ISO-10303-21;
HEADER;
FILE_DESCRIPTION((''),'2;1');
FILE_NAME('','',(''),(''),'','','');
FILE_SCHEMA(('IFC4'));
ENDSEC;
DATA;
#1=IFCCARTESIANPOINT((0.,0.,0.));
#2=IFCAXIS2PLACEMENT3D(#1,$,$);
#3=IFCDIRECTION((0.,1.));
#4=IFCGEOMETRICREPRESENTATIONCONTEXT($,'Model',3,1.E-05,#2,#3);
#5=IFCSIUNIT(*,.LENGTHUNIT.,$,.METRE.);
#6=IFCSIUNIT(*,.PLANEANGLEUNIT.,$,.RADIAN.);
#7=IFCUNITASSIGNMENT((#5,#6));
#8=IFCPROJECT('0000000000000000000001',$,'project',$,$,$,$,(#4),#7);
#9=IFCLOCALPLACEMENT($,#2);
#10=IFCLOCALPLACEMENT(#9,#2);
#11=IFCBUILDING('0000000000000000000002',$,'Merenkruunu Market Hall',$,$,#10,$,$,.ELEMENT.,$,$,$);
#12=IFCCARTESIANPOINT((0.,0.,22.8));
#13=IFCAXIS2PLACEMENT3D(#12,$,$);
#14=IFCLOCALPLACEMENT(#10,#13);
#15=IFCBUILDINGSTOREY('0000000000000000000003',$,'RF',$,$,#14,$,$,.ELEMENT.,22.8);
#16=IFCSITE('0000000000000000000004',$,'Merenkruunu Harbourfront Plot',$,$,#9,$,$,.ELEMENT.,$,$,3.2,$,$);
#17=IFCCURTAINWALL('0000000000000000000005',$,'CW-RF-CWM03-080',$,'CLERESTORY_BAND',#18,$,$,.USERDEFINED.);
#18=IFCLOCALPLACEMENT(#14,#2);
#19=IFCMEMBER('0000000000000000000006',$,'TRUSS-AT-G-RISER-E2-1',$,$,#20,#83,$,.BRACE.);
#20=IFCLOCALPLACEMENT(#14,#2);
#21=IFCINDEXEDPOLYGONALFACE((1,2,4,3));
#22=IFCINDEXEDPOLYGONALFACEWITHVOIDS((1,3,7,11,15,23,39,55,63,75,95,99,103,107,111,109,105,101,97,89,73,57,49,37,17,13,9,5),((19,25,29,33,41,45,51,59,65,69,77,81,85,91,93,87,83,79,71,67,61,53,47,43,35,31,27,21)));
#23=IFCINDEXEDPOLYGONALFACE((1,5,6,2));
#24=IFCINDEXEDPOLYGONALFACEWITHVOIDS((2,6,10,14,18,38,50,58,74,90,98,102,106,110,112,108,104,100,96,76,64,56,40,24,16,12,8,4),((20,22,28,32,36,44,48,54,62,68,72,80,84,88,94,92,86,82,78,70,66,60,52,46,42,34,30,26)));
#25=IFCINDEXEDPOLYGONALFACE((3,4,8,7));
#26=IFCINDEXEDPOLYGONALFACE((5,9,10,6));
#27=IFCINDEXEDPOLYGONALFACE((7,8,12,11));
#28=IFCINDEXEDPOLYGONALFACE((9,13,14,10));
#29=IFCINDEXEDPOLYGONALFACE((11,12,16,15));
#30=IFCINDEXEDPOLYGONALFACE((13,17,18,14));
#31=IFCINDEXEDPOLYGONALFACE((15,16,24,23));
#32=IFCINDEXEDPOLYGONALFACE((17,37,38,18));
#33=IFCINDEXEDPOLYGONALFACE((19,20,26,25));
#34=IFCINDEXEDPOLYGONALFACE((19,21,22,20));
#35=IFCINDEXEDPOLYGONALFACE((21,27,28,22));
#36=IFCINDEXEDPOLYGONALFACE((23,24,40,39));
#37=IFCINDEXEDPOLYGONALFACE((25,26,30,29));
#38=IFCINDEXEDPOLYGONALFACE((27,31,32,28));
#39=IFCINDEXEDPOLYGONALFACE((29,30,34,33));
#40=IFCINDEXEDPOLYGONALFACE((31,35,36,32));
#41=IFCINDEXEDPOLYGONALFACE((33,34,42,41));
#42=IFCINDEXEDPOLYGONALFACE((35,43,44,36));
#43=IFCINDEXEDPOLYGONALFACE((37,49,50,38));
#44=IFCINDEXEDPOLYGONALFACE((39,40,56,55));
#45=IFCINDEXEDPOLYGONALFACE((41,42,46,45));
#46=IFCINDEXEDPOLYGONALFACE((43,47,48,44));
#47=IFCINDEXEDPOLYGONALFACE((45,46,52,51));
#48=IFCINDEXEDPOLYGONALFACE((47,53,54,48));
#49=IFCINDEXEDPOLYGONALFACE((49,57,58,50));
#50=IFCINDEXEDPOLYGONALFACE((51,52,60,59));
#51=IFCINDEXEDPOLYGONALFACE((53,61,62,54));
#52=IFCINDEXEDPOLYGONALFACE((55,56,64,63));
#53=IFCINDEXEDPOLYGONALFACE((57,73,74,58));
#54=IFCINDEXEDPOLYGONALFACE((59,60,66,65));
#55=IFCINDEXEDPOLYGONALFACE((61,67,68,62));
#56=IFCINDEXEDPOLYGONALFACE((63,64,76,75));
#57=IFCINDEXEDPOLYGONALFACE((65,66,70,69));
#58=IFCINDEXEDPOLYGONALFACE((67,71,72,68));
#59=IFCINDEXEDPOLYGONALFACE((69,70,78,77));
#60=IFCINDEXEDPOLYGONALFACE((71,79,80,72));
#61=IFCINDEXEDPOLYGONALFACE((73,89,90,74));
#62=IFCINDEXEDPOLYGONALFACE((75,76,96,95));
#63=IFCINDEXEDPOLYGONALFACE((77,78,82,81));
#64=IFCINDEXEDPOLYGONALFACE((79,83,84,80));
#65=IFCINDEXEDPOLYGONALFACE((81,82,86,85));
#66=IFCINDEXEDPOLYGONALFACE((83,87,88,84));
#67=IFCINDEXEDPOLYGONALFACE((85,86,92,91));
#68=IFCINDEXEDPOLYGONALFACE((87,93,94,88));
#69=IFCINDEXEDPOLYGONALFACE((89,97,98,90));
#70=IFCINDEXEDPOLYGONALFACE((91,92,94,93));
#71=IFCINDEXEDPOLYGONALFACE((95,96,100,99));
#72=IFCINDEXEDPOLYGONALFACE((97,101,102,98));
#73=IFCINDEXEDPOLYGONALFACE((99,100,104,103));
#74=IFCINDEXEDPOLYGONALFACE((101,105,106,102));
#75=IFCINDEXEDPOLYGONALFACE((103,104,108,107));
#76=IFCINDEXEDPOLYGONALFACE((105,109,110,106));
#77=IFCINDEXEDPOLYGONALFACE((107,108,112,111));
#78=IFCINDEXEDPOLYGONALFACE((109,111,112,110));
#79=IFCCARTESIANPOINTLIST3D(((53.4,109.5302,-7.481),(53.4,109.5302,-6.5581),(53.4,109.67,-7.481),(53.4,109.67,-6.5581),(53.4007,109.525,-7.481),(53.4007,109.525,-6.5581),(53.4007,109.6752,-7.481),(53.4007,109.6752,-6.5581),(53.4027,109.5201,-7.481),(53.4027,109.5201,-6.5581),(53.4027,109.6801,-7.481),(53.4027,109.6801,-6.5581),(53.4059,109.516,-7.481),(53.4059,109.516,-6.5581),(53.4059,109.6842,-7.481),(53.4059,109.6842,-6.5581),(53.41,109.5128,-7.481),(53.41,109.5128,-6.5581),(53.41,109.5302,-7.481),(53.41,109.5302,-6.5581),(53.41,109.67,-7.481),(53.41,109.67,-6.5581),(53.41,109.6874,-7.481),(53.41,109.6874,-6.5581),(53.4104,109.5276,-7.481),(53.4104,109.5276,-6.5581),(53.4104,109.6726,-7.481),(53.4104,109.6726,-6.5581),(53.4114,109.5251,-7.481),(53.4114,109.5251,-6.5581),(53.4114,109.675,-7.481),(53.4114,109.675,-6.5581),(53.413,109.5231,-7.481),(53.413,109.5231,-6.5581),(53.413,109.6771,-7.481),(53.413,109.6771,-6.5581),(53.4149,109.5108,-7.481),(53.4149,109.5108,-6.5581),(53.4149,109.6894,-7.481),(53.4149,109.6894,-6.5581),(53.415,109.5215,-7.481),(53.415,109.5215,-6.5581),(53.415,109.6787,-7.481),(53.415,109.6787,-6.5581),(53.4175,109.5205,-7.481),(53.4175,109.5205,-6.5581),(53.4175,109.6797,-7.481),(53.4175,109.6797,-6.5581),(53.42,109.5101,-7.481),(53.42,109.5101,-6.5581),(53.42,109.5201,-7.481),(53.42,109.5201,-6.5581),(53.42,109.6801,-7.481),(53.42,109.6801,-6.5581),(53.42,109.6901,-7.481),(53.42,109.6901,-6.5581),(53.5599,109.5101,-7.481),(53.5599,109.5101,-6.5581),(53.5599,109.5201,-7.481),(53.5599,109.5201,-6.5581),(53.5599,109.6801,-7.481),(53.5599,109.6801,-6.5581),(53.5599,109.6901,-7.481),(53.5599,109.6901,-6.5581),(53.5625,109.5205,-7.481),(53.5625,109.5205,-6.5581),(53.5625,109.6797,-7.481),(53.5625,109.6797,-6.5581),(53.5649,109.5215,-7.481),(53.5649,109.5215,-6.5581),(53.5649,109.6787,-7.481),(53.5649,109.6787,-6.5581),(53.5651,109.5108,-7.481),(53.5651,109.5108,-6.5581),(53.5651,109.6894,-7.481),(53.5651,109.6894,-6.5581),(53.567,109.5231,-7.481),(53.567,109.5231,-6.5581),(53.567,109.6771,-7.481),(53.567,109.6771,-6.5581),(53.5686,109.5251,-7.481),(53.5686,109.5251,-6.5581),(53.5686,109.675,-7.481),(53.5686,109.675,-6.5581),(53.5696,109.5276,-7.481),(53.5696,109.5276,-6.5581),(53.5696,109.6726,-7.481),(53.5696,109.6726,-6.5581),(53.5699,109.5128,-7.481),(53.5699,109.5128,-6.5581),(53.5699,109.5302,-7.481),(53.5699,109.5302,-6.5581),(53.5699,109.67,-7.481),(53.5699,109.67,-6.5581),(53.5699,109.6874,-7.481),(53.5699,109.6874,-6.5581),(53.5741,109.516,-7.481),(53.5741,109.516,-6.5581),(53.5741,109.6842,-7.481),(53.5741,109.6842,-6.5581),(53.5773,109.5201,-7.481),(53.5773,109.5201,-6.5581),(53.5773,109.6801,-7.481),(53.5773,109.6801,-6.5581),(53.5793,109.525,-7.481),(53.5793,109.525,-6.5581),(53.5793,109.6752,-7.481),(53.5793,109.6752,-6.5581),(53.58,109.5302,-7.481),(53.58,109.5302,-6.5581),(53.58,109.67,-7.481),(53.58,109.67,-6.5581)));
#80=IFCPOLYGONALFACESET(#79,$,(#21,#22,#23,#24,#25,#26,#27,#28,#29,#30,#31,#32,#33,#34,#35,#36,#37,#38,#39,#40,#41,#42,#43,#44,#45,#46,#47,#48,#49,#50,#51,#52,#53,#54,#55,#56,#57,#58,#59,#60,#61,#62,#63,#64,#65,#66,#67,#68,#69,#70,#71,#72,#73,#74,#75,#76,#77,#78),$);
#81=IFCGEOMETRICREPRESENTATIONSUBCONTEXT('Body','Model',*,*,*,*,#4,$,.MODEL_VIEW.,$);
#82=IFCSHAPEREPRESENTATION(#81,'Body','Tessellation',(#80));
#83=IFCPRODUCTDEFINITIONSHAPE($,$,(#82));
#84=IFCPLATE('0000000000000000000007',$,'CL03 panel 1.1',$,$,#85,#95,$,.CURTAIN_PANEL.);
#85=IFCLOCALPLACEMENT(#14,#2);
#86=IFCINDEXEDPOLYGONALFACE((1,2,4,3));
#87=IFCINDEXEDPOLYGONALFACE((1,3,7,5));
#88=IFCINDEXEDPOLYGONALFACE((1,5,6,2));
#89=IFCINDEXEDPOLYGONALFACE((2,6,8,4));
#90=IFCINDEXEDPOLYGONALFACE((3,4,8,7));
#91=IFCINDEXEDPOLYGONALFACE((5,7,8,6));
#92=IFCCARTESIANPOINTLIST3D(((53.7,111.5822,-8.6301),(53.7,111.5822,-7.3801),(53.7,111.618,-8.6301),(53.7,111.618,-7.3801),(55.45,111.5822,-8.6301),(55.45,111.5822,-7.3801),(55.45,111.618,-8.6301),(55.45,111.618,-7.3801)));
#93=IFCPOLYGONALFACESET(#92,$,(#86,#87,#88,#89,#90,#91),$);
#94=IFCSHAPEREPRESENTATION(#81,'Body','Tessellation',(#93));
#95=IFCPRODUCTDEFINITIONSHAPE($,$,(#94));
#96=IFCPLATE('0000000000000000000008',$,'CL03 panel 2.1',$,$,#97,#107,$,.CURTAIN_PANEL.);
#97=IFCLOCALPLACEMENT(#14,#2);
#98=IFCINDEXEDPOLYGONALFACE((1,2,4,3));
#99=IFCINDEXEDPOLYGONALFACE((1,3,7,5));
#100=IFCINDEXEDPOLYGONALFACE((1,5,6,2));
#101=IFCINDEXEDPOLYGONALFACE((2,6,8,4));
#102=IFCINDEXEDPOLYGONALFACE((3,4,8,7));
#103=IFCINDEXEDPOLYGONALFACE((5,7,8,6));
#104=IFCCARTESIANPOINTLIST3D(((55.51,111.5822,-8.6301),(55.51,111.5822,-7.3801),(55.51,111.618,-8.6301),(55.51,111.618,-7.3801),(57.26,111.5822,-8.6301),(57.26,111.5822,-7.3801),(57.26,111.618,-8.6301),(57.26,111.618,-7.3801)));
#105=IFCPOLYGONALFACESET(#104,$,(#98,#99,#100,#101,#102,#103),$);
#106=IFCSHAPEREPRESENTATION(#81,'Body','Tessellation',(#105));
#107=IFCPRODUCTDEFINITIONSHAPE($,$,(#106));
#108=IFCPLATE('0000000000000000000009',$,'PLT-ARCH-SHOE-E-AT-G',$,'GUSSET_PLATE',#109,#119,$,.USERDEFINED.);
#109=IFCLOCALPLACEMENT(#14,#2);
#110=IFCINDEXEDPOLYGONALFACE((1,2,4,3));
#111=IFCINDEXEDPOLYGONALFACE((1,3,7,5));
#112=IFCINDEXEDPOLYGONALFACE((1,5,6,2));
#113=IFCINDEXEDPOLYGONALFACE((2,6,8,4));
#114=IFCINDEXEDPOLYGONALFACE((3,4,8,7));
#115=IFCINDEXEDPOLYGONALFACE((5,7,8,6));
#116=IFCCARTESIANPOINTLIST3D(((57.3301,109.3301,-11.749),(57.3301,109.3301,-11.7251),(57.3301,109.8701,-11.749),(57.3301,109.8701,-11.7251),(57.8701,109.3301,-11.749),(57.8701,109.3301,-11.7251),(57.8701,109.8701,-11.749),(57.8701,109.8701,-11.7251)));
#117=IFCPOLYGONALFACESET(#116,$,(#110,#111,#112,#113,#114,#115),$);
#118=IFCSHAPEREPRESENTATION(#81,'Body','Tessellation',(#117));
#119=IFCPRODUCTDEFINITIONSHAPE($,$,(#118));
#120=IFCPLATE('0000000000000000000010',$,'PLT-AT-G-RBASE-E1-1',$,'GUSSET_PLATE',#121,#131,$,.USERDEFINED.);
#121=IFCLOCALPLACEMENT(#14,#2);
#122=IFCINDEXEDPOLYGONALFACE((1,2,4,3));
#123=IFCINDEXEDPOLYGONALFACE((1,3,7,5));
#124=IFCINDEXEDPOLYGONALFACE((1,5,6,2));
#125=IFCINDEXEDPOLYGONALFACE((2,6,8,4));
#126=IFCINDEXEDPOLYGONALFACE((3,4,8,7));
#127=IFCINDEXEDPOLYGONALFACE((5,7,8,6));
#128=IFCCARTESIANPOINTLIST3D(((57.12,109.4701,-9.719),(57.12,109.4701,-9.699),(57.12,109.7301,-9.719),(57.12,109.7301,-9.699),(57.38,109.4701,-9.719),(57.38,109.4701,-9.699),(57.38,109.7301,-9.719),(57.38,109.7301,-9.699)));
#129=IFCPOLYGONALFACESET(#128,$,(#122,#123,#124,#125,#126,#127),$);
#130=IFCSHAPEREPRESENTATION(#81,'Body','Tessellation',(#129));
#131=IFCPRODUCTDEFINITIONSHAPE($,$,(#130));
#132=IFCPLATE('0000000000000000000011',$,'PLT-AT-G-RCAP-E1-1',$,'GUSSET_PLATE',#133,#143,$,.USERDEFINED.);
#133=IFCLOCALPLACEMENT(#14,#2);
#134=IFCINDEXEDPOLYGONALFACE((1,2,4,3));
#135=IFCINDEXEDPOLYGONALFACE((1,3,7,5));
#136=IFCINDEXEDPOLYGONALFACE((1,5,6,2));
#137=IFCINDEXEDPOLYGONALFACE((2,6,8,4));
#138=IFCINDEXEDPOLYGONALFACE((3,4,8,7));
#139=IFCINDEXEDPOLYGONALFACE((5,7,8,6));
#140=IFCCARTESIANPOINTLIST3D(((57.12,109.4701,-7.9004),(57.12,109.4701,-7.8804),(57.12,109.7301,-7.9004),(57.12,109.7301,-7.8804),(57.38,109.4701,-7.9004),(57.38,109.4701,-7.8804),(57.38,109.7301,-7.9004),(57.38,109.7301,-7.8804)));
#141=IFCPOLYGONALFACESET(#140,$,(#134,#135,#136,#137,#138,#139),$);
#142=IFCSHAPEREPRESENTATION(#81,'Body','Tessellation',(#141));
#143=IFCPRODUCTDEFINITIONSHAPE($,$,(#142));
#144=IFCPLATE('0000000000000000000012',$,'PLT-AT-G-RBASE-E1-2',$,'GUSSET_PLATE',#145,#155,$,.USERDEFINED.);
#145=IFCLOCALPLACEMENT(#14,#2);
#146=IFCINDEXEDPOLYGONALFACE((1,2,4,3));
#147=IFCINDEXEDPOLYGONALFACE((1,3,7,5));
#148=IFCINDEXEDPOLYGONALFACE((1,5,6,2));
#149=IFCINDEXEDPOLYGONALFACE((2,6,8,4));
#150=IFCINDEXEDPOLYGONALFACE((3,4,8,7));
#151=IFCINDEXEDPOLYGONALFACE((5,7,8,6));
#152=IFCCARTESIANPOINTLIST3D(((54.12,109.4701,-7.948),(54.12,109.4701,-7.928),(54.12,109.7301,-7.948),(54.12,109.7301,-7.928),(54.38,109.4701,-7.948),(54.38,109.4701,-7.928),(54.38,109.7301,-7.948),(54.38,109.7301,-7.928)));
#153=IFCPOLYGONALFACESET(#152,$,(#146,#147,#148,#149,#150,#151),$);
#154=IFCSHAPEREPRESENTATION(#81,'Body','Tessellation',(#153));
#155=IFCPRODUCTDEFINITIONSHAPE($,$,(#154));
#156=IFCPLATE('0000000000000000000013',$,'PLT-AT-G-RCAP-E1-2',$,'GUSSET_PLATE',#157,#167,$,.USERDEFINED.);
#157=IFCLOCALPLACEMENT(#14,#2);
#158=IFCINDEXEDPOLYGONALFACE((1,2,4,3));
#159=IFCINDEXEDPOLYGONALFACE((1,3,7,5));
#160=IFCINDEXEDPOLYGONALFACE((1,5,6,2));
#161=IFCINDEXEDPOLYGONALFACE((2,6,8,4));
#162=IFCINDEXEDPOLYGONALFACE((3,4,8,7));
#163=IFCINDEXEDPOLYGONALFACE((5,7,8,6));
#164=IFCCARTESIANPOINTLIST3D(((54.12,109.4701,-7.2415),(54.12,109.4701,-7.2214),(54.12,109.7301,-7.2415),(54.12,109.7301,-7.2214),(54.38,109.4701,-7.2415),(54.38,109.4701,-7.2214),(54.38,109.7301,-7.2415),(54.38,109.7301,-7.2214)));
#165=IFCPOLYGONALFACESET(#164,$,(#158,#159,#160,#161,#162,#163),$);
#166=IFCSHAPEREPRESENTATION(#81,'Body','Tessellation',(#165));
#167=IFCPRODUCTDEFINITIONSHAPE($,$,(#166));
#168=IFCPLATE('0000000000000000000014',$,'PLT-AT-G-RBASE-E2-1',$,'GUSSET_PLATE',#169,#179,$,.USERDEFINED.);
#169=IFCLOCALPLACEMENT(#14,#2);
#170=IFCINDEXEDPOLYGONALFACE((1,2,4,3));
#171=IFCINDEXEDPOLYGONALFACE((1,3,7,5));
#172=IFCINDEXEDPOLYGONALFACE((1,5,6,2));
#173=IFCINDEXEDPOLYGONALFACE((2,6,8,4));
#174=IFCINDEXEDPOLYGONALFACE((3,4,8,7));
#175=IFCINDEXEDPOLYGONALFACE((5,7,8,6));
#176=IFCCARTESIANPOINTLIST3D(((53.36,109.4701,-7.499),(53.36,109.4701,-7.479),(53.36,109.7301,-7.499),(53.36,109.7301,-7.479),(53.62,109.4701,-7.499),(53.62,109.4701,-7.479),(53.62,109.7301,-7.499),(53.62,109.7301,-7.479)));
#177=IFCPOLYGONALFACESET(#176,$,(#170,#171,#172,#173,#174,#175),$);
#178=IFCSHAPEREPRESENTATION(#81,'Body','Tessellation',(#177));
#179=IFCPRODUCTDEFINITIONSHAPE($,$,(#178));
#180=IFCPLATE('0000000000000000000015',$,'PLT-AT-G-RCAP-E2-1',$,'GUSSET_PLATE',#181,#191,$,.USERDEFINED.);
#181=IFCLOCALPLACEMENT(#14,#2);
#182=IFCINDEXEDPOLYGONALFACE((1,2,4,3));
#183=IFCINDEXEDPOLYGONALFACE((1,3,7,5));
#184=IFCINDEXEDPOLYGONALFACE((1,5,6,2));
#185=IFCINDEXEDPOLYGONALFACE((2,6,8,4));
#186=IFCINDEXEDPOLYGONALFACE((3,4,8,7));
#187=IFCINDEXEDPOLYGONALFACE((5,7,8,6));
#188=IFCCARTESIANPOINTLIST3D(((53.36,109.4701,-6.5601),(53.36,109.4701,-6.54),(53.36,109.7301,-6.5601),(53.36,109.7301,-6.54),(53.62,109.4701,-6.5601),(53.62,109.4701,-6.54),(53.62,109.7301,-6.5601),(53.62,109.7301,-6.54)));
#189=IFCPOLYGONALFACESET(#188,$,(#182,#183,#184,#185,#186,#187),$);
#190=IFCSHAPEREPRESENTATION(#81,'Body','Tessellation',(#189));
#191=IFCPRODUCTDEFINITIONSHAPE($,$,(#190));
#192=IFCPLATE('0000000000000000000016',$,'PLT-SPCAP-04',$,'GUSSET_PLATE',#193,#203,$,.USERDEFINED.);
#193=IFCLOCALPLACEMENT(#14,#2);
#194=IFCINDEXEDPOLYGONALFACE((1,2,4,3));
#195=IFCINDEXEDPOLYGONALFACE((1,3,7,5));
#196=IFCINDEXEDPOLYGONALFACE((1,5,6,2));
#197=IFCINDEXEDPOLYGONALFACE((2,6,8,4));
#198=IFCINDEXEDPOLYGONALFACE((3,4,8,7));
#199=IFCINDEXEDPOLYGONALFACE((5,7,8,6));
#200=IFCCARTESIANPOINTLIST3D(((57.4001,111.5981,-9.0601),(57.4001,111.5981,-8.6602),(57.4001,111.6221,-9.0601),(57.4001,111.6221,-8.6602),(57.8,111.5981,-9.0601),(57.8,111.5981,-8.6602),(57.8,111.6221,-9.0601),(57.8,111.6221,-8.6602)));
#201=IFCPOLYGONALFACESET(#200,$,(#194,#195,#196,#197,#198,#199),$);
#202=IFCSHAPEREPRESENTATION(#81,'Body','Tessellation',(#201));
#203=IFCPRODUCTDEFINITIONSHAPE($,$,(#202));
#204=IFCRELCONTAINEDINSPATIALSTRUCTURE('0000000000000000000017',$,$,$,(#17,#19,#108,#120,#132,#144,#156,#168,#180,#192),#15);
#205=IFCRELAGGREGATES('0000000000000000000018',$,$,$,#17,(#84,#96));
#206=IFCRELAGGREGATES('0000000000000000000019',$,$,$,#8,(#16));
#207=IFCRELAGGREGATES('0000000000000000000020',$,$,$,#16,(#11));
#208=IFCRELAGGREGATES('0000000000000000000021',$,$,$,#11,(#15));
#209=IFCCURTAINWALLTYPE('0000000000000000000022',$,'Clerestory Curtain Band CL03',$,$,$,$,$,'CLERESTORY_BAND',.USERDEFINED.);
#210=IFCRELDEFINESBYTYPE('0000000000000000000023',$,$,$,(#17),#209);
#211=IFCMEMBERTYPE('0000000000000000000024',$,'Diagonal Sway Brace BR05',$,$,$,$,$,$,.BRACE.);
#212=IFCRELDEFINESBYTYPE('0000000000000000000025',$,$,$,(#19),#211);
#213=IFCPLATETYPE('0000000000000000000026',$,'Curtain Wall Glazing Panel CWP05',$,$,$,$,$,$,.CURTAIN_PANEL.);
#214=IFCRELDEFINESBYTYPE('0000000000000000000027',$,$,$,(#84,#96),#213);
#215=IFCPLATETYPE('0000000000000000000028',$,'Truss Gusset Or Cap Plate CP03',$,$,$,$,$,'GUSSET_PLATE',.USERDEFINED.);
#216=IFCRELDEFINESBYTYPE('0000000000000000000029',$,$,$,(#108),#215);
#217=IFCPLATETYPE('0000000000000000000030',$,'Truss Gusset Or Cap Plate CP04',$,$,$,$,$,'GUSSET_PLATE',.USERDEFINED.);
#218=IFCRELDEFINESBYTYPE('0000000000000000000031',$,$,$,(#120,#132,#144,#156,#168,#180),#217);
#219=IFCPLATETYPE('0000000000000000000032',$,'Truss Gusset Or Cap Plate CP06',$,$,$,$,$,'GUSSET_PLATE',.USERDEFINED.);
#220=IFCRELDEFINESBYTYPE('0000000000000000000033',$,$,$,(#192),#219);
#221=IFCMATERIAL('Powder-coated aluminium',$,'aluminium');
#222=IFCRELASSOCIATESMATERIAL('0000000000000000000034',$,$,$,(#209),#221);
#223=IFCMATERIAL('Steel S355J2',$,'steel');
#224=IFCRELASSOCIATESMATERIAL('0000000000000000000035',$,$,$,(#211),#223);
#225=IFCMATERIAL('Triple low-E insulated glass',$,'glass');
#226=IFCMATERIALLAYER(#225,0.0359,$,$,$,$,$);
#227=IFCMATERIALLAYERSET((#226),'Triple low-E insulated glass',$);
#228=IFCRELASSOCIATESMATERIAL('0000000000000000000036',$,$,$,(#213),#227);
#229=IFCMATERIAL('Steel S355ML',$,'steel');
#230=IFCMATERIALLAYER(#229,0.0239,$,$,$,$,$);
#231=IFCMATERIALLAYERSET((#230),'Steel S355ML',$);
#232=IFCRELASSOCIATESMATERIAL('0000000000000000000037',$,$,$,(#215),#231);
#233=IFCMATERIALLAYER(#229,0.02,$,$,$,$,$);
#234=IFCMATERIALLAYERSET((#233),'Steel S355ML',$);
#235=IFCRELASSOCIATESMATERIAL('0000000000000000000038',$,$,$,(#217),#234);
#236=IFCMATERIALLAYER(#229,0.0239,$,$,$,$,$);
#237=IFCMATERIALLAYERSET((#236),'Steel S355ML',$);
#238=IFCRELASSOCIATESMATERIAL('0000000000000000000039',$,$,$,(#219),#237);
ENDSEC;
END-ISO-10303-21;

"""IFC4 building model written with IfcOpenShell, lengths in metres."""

from ifc_helpers import new_model, si_unit, direction, frame, origin, origin_2d, place, context, subcontext, project, spatial, rectangle, hollow_rectangle, extrude, material, layer, layer_set, material_profile, profile_set, type_object, element, aggregate, save


model = new_model("IFC4")

# Units and contexts
model_context = context("Model", 3, precision=1e-05, world=origin(), true_north=direction((0.0, 1.0)))
body_context = subcontext(model_context, "Body", "Model", "MODEL_VIEW")
ifc_project = project(units=[si_unit("LENGTHUNIT", "METRE"), si_unit("PLANEANGLEUNIT", "RADIAN")], contexts=[model_context])

# Site, building, storey
site_placement = place(None, origin())
site = spatial("IfcSite", under=ifc_project, at=site_placement, Name="Merenkruunu Harbourfront Plot", CompositionType="ELEMENT", RefElevation=3.2)
building_placement = place(site_placement, origin())
building = spatial("IfcBuilding", under=site, at=building_placement, Name="Merenkruunu Market Hall", CompositionType="ELEMENT")
storey_placement = place(building_placement, frame((0.0, 0.0, 22.8)))
storey = spatial("IfcBuildingStorey", under=building, at=storey_placement, Name="RF", CompositionType="ELEMENT", Elevation=22.8)

# Shared definitions
ifc_material_1 = material(Name="Powder-coated aluminium", Category="aluminium")

# Curtain wall
curtain_wall_type_1 = type_object("IfcCurtainWallType", Name="Clerestory Curtain Band CL03", ElementType="CLERESTORY_BAND", PredefinedType="USERDEFINED", material=ifc_material_1)
curtain_wall_1_placement = place(storey_placement, origin())
curtain_wall_1 = element("IfcCurtainWall", 1, at=curtain_wall_1_placement, inside=storey, type_object=curtain_wall_type_1, Name="CW-RF-CWM03-080", ObjectType="CLERESTORY_BAND", PredefinedType="USERDEFINED")

# Member
ifc_material_2 = material(Name="Steel S355J2", Category="steel")
ifc_material_profile_1 = material_profile(ifc_material_2, hollow_rectangle(XDim=0.1799, YDim=0.1799, WallThickness=0.01, InnerFilletRadius=0.01, OuterFilletRadius=0.02, at=origin_2d()), Name="SHS 180x180x10")
ifc_profile_set_1 = profile_set([ifc_material_profile_1], Name="Steel S355J2")
member_type_1 = type_object("IfcMemberType", Name="Diagonal Sway Brace BR05", PredefinedType="BRACE", material=ifc_profile_set_1)
member_1_placement = place(storey_placement, frame((53.49, 109.6001, -7.481), z_axis=(0.0, 0.0, 1.0), x_axis=(1.0, 0.0, 0.0)))
element("IfcMember", 2, at=member_1_placement, inside=storey, type_object=member_type_1, Name="TRUSS-AT-G-RISER-E2-1", PredefinedType="BRACE", context=body_context, shape_type="SweptSolid", body=[
    extrude(hollow_rectangle(XDim=0.1799, YDim=0.1799, WallThickness=0.01, InnerFilletRadius=0.01, OuterFilletRadius=0.02, at=origin_2d()), origin(), (0.0, 0.0, 1.0), 0.9229),
])

# Plates
ifc_material_3 = material(Name="Triple low-E insulated glass", Category="glass")
ifc_layer_1 = layer(ifc_material_3, 0.0359)
ifc_layer_set_1 = layer_set([ifc_layer_1], Name="Triple low-E insulated glass")
plate_type_1 = type_object("IfcPlateType", Name="Curtain Wall Glazing Panel CWP05", PredefinedType="CURTAIN_PANEL", material=ifc_layer_set_1)
plate_1_placement = place(storey_placement, frame((54.575, 111.6001, -8.6301), z_axis=(0.0, 0.0, 1.0), x_axis=(1.0, 0.0, 0.0)))
plate_1 = element("IfcPlate", 3, at=plate_1_placement, type_object=plate_type_1, Name="CL03 panel 1.1", PredefinedType="CURTAIN_PANEL", context=body_context, shape_type="SweptSolid", body=[
    extrude(rectangle(XDim=1.75, YDim=0.0359, at=origin_2d()), origin(), (0.0, 0.0, 1.0), 1.25),
])
plate_2_placement = place(storey_placement, frame((56.385, 111.6001, -8.6301), z_axis=(0.0, 0.0, 1.0), x_axis=(1.0, 0.0, 0.0)))
plate_2 = element("IfcPlate", 4, at=plate_2_placement, type_object=plate_type_1, Name="CL03 panel 2.1", PredefinedType="CURTAIN_PANEL", context=body_context, shape_type="SweptSolid", body=[
    extrude(rectangle(XDim=1.75, YDim=0.0359, at=origin_2d()), origin(), (0.0, 0.0, 1.0), 1.25),
])
aggregate(curtain_wall_1, [plate_1, plate_2])

# Plates
ifc_material_4 = material(Name="Steel S355ML", Category="steel")
ifc_layer_2 = layer(ifc_material_4, 0.0239)
ifc_layer_set_2 = layer_set([ifc_layer_2], Name="Steel S355ML")
plate_type_2 = type_object("IfcPlateType", Name="Truss Gusset Or Cap Plate CP03", ElementType="GUSSET_PLATE", PredefinedType="USERDEFINED", material=ifc_layer_set_2)
plate_3_placement = place(storey_placement, frame((57.6001, 109.6001, -11.749), z_axis=(0.0, 0.0, 1.0), x_axis=(1.0, 0.0, 0.0)))
element("IfcPlate", 5, at=plate_3_placement, inside=storey, type_object=plate_type_2, Name="PLT-ARCH-SHOE-E-AT-G", ObjectType="GUSSET_PLATE", PredefinedType="USERDEFINED", context=body_context, shape_type="SweptSolid", body=[
    extrude(rectangle(XDim=0.54, YDim=0.54, at=origin_2d()), origin(), (0.0, 0.0, 1.0), 0.0239),
])
ifc_layer_3 = layer(ifc_material_4, 0.02)
ifc_layer_set_3 = layer_set([ifc_layer_3], Name="Steel S355ML")
plate_type_3 = type_object("IfcPlateType", Name="Truss Gusset Or Cap Plate CP04", ElementType="GUSSET_PLATE", PredefinedType="USERDEFINED", material=ifc_layer_set_3)
for number, where, z_axis, x_axis, name in (
    (6, (57.25, 109.6001, -9.719), (0.0, 0.0, 1.0), (1.0, 0.0, 0.0), "PLT-AT-G-RBASE-E1-1"),
    (7, (57.25, 109.6001, -7.9004), (0.0, 0.0, 1.0), (1.0, 0.0, 0.0), "PLT-AT-G-RCAP-E1-1"),
    (8, (54.25, 109.6001, -7.948), (0.0, 0.0, 1.0), (1.0, 0.0, 0.0), "PLT-AT-G-RBASE-E1-2"),
    (9, (54.25, 109.6001, -7.2415), (0.0, 0.0, 1.0), (1.0, 0.0, 0.0), "PLT-AT-G-RCAP-E1-2"),
    (10, (53.49, 109.6001, -7.499), (0.0, 0.0, 1.0), (1.0, 0.0, 0.0), "PLT-AT-G-RBASE-E2-1"),
    (11, (53.49, 109.6001, -6.5601), (0.0, 0.0, 1.0), (1.0, 0.0, 0.0), "PLT-AT-G-RCAP-E2-1"),
):
    element("IfcPlate", number, at=place(storey_placement, frame(where, z_axis=z_axis, x_axis=x_axis)), inside=storey, type_object=plate_type_3, Name=name, ObjectType="GUSSET_PLATE", PredefinedType="USERDEFINED", context=body_context, shape_type="SweptSolid", body=[
        extrude(rectangle(XDim=0.26, YDim=0.26, at=origin_2d()), origin(), (0.0, 0.0, 1.0), 0.02),
    ])
ifc_layer_4 = layer(ifc_material_4, 0.0239)
ifc_layer_set_4 = layer_set([ifc_layer_4], Name="Steel S355ML")
plate_type_4 = type_object("IfcPlateType", Name="Truss Gusset Or Cap Plate CP06", ElementType="GUSSET_PLATE", PredefinedType="USERDEFINED", material=ifc_layer_set_4)
plate_4_placement = place(storey_placement, frame((57.6001, 111.6101, -9.0601), z_axis=(0.0, 0.0, 1.0), x_axis=(1.0, 0.0, 0.0)))
element("IfcPlate", 12, at=plate_4_placement, inside=storey, type_object=plate_type_4, Name="PLT-SPCAP-04", ObjectType="GUSSET_PLATE", PredefinedType="USERDEFINED", context=body_context, shape_type="SweptSolid", body=[
    extrude(rectangle(XDim=0.3999, YDim=0.0239, at=origin_2d()), origin(), (0.0, 0.0, 1.0), 0.3999),
])

save(model, "model.ifc")
